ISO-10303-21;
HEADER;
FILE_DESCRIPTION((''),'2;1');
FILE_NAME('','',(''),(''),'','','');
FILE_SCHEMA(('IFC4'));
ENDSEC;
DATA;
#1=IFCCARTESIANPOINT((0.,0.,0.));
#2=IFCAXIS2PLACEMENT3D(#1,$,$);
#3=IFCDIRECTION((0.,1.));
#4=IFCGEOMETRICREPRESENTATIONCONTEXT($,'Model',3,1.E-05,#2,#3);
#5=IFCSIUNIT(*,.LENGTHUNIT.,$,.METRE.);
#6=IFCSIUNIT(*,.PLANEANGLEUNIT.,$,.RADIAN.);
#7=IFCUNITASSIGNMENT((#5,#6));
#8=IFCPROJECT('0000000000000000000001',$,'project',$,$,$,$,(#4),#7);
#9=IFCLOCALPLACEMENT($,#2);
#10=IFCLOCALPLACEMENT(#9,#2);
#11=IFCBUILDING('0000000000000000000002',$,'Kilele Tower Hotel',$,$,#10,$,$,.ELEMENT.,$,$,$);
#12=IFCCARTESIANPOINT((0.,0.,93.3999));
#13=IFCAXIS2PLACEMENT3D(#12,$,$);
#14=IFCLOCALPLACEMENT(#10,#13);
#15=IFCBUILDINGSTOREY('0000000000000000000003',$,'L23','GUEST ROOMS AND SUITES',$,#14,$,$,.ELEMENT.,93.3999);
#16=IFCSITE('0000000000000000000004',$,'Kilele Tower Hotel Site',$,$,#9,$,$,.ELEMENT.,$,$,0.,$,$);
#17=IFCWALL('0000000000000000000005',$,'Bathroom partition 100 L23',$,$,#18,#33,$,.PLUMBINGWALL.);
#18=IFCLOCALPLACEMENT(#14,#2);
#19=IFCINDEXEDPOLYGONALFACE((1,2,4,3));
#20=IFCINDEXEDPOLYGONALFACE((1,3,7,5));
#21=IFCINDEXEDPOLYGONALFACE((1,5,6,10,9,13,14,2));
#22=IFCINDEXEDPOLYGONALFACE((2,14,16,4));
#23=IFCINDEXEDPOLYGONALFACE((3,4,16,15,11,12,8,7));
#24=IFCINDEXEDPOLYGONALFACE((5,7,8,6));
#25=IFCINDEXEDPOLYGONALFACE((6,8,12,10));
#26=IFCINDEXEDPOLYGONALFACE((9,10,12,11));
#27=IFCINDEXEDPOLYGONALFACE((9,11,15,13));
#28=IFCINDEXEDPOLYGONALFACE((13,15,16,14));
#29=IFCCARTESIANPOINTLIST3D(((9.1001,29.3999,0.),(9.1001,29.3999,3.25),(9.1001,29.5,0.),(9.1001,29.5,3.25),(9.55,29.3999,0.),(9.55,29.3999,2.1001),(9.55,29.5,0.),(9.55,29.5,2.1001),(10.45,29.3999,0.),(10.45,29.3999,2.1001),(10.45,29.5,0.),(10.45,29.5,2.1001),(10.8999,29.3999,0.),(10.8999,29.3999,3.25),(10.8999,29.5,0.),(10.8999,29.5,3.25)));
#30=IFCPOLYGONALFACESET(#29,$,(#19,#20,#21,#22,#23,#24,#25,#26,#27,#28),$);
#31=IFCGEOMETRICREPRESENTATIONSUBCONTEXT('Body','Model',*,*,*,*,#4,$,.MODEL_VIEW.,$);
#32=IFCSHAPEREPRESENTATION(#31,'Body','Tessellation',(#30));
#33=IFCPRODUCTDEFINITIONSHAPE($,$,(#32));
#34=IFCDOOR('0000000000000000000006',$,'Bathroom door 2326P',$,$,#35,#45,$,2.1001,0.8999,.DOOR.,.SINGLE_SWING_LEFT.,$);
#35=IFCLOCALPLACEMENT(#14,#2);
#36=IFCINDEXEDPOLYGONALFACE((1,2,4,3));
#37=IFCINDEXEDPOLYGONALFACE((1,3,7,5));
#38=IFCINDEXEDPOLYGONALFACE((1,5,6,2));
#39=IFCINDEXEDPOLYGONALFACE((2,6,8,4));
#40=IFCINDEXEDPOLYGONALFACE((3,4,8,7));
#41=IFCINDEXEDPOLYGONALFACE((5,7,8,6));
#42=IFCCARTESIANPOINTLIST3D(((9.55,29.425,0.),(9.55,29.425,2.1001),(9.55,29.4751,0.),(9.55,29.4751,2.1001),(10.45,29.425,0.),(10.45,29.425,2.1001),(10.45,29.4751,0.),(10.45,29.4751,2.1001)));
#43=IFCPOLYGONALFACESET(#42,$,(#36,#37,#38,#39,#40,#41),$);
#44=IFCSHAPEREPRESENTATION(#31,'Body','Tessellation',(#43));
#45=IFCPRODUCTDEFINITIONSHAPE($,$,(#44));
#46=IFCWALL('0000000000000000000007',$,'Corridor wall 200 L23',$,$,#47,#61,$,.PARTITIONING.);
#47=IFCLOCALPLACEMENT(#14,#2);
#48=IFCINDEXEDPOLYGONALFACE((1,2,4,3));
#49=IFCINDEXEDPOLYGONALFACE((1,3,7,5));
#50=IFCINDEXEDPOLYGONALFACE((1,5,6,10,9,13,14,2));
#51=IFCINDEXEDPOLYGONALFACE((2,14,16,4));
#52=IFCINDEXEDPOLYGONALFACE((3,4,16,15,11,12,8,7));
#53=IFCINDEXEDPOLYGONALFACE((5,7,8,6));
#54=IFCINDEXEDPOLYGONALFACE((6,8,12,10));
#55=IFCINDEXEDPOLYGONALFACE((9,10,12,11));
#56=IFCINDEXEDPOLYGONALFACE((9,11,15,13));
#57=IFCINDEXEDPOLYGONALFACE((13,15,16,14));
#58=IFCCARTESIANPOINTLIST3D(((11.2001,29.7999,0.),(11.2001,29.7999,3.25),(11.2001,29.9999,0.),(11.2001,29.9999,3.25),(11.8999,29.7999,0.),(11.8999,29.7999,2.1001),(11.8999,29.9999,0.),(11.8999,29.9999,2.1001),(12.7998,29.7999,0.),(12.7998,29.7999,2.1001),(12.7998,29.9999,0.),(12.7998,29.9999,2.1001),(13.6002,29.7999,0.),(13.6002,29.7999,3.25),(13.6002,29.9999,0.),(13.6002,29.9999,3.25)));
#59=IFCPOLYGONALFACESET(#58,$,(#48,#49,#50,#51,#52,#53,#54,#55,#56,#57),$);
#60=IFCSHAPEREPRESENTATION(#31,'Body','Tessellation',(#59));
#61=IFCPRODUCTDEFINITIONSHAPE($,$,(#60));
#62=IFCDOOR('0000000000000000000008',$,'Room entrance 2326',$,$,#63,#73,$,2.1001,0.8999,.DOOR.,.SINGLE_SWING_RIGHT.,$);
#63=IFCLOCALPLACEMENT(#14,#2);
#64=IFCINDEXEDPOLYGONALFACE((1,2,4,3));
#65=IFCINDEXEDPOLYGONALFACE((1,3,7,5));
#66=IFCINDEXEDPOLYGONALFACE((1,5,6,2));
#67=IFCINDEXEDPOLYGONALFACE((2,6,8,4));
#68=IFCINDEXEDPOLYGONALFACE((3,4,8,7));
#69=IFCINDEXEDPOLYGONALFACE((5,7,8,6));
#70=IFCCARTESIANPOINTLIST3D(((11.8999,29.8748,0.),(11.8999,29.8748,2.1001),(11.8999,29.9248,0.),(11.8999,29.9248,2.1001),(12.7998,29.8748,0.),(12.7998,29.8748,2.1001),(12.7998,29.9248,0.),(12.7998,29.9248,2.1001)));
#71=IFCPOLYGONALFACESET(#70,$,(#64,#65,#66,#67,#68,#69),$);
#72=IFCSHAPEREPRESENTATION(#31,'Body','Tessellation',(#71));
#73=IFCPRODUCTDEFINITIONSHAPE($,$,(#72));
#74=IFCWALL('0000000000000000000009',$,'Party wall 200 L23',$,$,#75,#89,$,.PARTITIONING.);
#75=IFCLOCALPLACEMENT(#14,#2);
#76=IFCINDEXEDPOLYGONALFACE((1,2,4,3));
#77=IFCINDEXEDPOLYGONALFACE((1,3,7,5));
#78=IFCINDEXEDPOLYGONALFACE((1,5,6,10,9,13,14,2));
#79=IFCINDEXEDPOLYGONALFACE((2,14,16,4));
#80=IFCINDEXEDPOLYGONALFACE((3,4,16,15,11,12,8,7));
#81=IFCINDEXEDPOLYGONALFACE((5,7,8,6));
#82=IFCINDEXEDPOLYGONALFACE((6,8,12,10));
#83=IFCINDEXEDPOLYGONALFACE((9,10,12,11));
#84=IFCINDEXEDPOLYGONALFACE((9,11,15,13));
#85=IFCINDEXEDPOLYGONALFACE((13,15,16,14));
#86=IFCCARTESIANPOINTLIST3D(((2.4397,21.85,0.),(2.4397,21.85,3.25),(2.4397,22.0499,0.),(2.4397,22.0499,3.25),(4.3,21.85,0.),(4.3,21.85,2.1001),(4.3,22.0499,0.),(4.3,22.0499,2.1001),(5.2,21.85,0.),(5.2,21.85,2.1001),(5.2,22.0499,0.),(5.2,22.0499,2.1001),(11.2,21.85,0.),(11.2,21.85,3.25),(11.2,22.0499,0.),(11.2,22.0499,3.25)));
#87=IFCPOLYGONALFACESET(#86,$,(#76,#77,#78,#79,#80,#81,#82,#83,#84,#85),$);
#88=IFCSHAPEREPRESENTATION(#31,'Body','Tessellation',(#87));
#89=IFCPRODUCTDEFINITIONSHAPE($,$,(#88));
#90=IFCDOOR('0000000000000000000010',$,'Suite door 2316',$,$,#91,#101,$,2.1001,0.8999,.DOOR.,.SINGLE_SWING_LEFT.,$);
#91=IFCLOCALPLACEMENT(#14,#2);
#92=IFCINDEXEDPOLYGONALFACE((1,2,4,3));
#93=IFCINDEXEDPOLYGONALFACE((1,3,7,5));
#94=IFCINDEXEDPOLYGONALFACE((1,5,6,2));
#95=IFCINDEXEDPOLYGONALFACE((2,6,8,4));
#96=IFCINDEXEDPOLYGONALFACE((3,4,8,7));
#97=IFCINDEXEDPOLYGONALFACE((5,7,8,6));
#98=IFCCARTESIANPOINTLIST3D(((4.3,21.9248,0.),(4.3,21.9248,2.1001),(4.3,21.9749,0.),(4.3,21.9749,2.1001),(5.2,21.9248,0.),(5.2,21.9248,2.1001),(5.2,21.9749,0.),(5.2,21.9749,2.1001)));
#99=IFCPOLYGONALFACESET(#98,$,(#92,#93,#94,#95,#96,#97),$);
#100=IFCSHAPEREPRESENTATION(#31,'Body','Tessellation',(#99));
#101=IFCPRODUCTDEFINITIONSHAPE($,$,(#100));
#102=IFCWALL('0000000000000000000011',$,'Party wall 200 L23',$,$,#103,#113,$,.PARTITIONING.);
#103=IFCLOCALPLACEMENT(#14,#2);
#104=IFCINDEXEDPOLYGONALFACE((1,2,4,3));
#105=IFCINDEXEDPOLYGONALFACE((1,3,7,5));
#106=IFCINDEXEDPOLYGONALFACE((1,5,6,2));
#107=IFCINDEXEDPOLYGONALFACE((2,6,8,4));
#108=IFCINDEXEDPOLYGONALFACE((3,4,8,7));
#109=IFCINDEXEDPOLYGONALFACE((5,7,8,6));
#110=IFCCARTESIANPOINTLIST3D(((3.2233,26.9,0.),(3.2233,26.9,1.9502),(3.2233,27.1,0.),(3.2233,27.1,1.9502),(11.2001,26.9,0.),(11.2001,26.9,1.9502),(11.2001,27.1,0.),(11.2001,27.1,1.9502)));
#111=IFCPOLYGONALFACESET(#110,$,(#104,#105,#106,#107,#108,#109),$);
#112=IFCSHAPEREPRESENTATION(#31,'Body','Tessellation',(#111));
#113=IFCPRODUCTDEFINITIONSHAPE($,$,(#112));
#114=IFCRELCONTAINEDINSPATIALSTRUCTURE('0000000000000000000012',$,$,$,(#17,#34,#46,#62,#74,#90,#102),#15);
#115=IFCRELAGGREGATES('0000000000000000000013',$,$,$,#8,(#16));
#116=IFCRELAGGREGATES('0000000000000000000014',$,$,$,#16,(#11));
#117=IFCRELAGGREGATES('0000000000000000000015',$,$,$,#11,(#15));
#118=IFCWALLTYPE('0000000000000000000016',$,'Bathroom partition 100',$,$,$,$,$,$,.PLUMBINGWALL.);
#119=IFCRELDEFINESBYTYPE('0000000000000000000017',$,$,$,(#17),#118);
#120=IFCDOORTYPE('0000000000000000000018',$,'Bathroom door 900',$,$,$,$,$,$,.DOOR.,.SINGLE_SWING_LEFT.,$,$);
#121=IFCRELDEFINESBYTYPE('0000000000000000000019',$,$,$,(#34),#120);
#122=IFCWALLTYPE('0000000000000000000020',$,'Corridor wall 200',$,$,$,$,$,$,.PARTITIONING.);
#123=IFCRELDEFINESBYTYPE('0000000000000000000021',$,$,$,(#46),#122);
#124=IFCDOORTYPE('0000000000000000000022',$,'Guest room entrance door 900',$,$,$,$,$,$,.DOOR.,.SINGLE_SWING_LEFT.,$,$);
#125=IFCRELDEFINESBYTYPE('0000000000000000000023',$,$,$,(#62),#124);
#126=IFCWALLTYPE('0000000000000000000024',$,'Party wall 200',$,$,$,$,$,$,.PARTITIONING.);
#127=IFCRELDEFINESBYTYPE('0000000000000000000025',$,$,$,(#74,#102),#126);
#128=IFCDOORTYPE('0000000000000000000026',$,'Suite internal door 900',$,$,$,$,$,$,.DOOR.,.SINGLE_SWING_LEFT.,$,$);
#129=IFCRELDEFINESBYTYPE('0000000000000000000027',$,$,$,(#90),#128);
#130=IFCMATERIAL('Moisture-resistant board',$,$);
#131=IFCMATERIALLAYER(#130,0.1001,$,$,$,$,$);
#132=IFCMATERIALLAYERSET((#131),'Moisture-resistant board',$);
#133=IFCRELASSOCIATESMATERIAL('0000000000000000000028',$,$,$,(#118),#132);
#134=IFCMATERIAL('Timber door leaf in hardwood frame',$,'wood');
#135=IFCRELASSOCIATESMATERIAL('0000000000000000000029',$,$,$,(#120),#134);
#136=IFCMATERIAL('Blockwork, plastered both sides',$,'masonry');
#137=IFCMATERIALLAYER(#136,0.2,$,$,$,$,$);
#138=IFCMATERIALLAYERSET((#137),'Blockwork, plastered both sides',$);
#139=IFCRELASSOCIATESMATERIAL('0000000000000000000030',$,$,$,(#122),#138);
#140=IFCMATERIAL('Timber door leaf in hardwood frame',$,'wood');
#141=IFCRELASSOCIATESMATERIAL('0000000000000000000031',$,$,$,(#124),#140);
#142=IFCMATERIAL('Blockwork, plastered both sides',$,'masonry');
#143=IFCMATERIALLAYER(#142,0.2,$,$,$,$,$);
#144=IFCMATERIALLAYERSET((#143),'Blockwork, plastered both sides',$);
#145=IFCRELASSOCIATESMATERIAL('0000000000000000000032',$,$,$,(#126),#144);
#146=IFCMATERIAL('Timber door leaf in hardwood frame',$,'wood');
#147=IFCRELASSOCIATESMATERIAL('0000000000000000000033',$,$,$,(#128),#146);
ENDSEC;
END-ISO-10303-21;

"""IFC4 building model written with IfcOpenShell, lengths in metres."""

from ifc_helpers import new_model, si_unit, direction, frame, frame_2d, origin, place, context, subcontext, project, spatial, rectangle, extrude, material, layer, layer_set, type_object, element, fill, save


model = new_model("IFC4")

# Units and contexts
model_context = context("Model", 3, precision=1e-05, world=origin(), true_north=direction((0.0, 1.0)))
body_context = subcontext(model_context, "Body", "Model", "MODEL_VIEW")
ifc_project = project(units=[si_unit("LENGTHUNIT", "METRE"), si_unit("PLANEANGLEUNIT", "RADIAN")], contexts=[model_context])

# Site, building, storey
site_placement = place(None, origin())
site = spatial("IfcSite", under=ifc_project, at=site_placement, Name="Kilele Tower Hotel Site", CompositionType="ELEMENT", RefElevation=0.0)
building_placement = place(site_placement, origin())
building = spatial("IfcBuilding", under=site, at=building_placement, Name="Kilele Tower Hotel", CompositionType="ELEMENT")
storey_placement = place(building_placement, frame((0.0, 0.0, 93.3999)))
storey = spatial("IfcBuildingStorey", under=building, at=storey_placement, Name="L23", Description="GUEST ROOMS AND SUITES", CompositionType="ELEMENT", Elevation=93.3999)

# Shared definitions
ifc_material_1 = material(Name="Moisture-resistant board")
ifc_layer_1 = layer(ifc_material_1, 0.1001)
ifc_layer_set_1 = layer_set([ifc_layer_1], Name="Moisture-resistant board")
wall_type_1 = type_object("IfcWallType", Name="Bathroom partition 100", PredefinedType="PLUMBINGWALL", material=ifc_layer_set_1)
ifc_material_2 = material(Name="Timber door leaf in hardwood frame", Category="wood")
door_type_1 = type_object("IfcDoorType", Name="Bathroom door 900", OperationType="SINGLE_SWING_LEFT", PredefinedType="DOOR", material=ifc_material_2)

# Walls, openings, doors
wall_1_placement = place(storey_placement, frame((10.8999, 29.45, 0.0), z_axis=(0.0, 0.0, 1.0), x_axis=(-1.0, 0.0, 0.0)))
wall_1 = element("IfcWall", 1, at=wall_1_placement, inside=storey, type_object=wall_type_1, Name="Bathroom partition 100 L23", PredefinedType="PLUMBINGWALL", context=body_context, shape_type="SweptSolid", body=[
    extrude(rectangle(XDim=1.7998, YDim=0.1001, at=frame_2d((0.8999, 0.0))), origin(), (0.0, 0.0, 1.0), 3.25),
])
opening_1_placement = place(wall_1_placement, frame((0.45, 0.0, 0.0)))
opening_1 = element("IfcOpeningElement", 2, at=opening_1_placement, cuts=wall_1, PredefinedType="OPENING", context=body_context, shape_type="SweptSolid", body=[
    extrude(rectangle(XDim=0.8999, YDim=2.1001, at=frame_2d((0.45, 1.05))), frame((0.0, 0.0601, 0.0), z_axis=(0.0, -1.0, 0.0), x_axis=(1.0, 0.0, 0.0)), (0.0, 0.0, 1.0), 0.1201),
])
door_1_placement = place(opening_1_placement, origin())
door_1 = element("IfcDoor", 3, at=door_1_placement, inside=storey, type_object=door_type_1, Name="Bathroom door 2326P", OperationType="SINGLE_SWING_LEFT", OverallHeight=2.1001, OverallWidth=0.8999, PredefinedType="DOOR", context=body_context, shape_type="SweptSolid", body=[
    extrude(rectangle(XDim=0.8999, YDim=2.1001, at=frame_2d((0.45, 1.05))), frame((0.0, 0.0249, 0.0), z_axis=(0.0, -1.0, 0.0), x_axis=(1.0, 0.0, 0.0)), (0.0, 0.0, 1.0), 0.05),
])
fill(opening_1, door_1)
ifc_material_3 = material(Name="Blockwork, plastered both sides", Category="masonry")
ifc_layer_2 = layer(ifc_material_3, 0.2)
ifc_layer_set_2 = layer_set([ifc_layer_2], Name="Blockwork, plastered both sides")
wall_type_2 = type_object("IfcWallType", Name="Corridor wall 200", PredefinedType="PARTITIONING", material=ifc_layer_set_2)
wall_2_placement = place(storey_placement, frame((11.2, 29.8999, 0.0), z_axis=(0.0, 0.0, 1.0), x_axis=(1.0, 0.0, 0.0)))
wall_2 = element("IfcWall", 4, at=wall_2_placement, inside=storey, type_object=wall_type_2, Name="Corridor wall 200 L23", PredefinedType="PARTITIONING", context=body_context, shape_type="SweptSolid", body=[
    extrude(rectangle(XDim=2.4001, YDim=0.2, at=frame_2d((1.2002, 0.0))), origin(), (0.0, 0.0, 1.0), 3.25),
])
opening_2_placement = place(wall_2_placement, frame((0.7, 0.0, 0.0)))
opening_2 = element("IfcOpeningElement", 5, at=opening_2_placement, cuts=wall_2, PredefinedType="OPENING", context=body_context, shape_type="SweptSolid", body=[
    extrude(rectangle(XDim=0.8999, YDim=2.1001, at=frame_2d((0.45, 1.05))), frame((0.0, 0.1099, 0.0), z_axis=(0.0, -1.0, 0.0), x_axis=(1.0, 0.0, 0.0)), (0.0, 0.0, 1.0), 0.22),
])
ifc_material_4 = material(Name="Timber door leaf in hardwood frame", Category="wood")
door_type_2 = type_object("IfcDoorType", Name="Guest room entrance door 900", OperationType="SINGLE_SWING_LEFT", PredefinedType="DOOR", material=ifc_material_4)
door_2_placement = place(opening_2_placement, origin())
door_2 = element("IfcDoor", 6, at=door_2_placement, inside=storey, type_object=door_type_2, Name="Room entrance 2326", OperationType="SINGLE_SWING_RIGHT", OverallHeight=2.1001, OverallWidth=0.8999, PredefinedType="DOOR", context=body_context, shape_type="SweptSolid", body=[
    extrude(rectangle(XDim=0.8999, YDim=2.1001, at=frame_2d((0.45, 1.05))), frame((0.0, 0.0249, 0.0), z_axis=(0.0, -1.0, 0.0), x_axis=(1.0, 0.0, 0.0)), (0.0, 0.0, 1.0), 0.05),
])
fill(opening_2, door_2)
ifc_material_5 = material(Name="Blockwork, plastered both sides", Category="masonry")
ifc_layer_3 = layer(ifc_material_5, 0.2)
ifc_layer_set_3 = layer_set([ifc_layer_3], Name="Blockwork, plastered both sides")
wall_type_3 = type_object("IfcWallType", Name="Party wall 200", PredefinedType="PARTITIONING", material=ifc_layer_set_3)
wall_3_placement = place(storey_placement, frame((11.2, 21.95, 0.0), z_axis=(0.0, 0.0, 1.0), x_axis=(-1.0, 0.0, 0.0)))
wall_3 = element("IfcWall", 7, at=wall_3_placement, inside=storey, type_object=wall_type_3, Name="Party wall 200 L23", PredefinedType="PARTITIONING", context=body_context, shape_type="SweptSolid", body=[
    extrude(rectangle(XDim=8.7603, YDim=0.2, at=frame_2d((4.3801, 0.0))), origin(), (0.0, 0.0, 1.0), 3.25),
])
opening_3_placement = place(wall_3_placement, frame((6.8999, 0.0, 0.0), z_axis=(0.0, 0.0, 1.0), x_axis=(-1.0, 0.0, 0.0)))
opening_3 = element("IfcOpeningElement", 8, at=opening_3_placement, cuts=wall_3, PredefinedType="OPENING", context=body_context, shape_type="SweptSolid", body=[
    extrude(rectangle(XDim=0.8999, YDim=2.1001, at=frame_2d((0.45, 1.05))), frame((0.0, 0.1099, 0.0), z_axis=(0.0, -1.0, 0.0), x_axis=(1.0, 0.0, 0.0)), (0.0, 0.0, 1.0), 0.22),
])
ifc_material_6 = material(Name="Timber door leaf in hardwood frame", Category="wood")
door_type_3 = type_object("IfcDoorType", Name="Suite internal door 900", OperationType="SINGLE_SWING_LEFT", PredefinedType="DOOR", material=ifc_material_6)
door_3_placement = place(opening_3_placement, origin())
door_3 = element("IfcDoor", 9, at=door_3_placement, inside=storey, type_object=door_type_3, Name="Suite door 2316", OperationType="SINGLE_SWING_LEFT", OverallHeight=2.1001, OverallWidth=0.8999, PredefinedType="DOOR", context=body_context, shape_type="SweptSolid", body=[
    extrude(rectangle(XDim=0.8999, YDim=2.1001, at=frame_2d((0.45, 1.05))), frame((0.0, 0.0249, 0.0), z_axis=(0.0, -1.0, 0.0), x_axis=(1.0, 0.0, 0.0)), (0.0, 0.0, 1.0), 0.05),
])
fill(opening_3, door_3)

# Wall
wall_4_placement = place(storey_placement, frame((11.2, 27.0, 0.0), z_axis=(0.0, 0.0, 1.0), x_axis=(-1.0, 0.0, 0.0)))
element("IfcWall", 10, at=wall_4_placement, inside=storey, type_object=wall_type_3, Name="Party wall 200 L23", PredefinedType="PARTITIONING", context=body_context, shape_type="SweptSolid", body=[
    extrude(rectangle(XDim=7.9768, YDim=0.2, at=frame_2d((3.9883, 0.0))), origin(), (0.0, 0.0, 1.0), 1.9502),
])

save(model, "model.ifc")
